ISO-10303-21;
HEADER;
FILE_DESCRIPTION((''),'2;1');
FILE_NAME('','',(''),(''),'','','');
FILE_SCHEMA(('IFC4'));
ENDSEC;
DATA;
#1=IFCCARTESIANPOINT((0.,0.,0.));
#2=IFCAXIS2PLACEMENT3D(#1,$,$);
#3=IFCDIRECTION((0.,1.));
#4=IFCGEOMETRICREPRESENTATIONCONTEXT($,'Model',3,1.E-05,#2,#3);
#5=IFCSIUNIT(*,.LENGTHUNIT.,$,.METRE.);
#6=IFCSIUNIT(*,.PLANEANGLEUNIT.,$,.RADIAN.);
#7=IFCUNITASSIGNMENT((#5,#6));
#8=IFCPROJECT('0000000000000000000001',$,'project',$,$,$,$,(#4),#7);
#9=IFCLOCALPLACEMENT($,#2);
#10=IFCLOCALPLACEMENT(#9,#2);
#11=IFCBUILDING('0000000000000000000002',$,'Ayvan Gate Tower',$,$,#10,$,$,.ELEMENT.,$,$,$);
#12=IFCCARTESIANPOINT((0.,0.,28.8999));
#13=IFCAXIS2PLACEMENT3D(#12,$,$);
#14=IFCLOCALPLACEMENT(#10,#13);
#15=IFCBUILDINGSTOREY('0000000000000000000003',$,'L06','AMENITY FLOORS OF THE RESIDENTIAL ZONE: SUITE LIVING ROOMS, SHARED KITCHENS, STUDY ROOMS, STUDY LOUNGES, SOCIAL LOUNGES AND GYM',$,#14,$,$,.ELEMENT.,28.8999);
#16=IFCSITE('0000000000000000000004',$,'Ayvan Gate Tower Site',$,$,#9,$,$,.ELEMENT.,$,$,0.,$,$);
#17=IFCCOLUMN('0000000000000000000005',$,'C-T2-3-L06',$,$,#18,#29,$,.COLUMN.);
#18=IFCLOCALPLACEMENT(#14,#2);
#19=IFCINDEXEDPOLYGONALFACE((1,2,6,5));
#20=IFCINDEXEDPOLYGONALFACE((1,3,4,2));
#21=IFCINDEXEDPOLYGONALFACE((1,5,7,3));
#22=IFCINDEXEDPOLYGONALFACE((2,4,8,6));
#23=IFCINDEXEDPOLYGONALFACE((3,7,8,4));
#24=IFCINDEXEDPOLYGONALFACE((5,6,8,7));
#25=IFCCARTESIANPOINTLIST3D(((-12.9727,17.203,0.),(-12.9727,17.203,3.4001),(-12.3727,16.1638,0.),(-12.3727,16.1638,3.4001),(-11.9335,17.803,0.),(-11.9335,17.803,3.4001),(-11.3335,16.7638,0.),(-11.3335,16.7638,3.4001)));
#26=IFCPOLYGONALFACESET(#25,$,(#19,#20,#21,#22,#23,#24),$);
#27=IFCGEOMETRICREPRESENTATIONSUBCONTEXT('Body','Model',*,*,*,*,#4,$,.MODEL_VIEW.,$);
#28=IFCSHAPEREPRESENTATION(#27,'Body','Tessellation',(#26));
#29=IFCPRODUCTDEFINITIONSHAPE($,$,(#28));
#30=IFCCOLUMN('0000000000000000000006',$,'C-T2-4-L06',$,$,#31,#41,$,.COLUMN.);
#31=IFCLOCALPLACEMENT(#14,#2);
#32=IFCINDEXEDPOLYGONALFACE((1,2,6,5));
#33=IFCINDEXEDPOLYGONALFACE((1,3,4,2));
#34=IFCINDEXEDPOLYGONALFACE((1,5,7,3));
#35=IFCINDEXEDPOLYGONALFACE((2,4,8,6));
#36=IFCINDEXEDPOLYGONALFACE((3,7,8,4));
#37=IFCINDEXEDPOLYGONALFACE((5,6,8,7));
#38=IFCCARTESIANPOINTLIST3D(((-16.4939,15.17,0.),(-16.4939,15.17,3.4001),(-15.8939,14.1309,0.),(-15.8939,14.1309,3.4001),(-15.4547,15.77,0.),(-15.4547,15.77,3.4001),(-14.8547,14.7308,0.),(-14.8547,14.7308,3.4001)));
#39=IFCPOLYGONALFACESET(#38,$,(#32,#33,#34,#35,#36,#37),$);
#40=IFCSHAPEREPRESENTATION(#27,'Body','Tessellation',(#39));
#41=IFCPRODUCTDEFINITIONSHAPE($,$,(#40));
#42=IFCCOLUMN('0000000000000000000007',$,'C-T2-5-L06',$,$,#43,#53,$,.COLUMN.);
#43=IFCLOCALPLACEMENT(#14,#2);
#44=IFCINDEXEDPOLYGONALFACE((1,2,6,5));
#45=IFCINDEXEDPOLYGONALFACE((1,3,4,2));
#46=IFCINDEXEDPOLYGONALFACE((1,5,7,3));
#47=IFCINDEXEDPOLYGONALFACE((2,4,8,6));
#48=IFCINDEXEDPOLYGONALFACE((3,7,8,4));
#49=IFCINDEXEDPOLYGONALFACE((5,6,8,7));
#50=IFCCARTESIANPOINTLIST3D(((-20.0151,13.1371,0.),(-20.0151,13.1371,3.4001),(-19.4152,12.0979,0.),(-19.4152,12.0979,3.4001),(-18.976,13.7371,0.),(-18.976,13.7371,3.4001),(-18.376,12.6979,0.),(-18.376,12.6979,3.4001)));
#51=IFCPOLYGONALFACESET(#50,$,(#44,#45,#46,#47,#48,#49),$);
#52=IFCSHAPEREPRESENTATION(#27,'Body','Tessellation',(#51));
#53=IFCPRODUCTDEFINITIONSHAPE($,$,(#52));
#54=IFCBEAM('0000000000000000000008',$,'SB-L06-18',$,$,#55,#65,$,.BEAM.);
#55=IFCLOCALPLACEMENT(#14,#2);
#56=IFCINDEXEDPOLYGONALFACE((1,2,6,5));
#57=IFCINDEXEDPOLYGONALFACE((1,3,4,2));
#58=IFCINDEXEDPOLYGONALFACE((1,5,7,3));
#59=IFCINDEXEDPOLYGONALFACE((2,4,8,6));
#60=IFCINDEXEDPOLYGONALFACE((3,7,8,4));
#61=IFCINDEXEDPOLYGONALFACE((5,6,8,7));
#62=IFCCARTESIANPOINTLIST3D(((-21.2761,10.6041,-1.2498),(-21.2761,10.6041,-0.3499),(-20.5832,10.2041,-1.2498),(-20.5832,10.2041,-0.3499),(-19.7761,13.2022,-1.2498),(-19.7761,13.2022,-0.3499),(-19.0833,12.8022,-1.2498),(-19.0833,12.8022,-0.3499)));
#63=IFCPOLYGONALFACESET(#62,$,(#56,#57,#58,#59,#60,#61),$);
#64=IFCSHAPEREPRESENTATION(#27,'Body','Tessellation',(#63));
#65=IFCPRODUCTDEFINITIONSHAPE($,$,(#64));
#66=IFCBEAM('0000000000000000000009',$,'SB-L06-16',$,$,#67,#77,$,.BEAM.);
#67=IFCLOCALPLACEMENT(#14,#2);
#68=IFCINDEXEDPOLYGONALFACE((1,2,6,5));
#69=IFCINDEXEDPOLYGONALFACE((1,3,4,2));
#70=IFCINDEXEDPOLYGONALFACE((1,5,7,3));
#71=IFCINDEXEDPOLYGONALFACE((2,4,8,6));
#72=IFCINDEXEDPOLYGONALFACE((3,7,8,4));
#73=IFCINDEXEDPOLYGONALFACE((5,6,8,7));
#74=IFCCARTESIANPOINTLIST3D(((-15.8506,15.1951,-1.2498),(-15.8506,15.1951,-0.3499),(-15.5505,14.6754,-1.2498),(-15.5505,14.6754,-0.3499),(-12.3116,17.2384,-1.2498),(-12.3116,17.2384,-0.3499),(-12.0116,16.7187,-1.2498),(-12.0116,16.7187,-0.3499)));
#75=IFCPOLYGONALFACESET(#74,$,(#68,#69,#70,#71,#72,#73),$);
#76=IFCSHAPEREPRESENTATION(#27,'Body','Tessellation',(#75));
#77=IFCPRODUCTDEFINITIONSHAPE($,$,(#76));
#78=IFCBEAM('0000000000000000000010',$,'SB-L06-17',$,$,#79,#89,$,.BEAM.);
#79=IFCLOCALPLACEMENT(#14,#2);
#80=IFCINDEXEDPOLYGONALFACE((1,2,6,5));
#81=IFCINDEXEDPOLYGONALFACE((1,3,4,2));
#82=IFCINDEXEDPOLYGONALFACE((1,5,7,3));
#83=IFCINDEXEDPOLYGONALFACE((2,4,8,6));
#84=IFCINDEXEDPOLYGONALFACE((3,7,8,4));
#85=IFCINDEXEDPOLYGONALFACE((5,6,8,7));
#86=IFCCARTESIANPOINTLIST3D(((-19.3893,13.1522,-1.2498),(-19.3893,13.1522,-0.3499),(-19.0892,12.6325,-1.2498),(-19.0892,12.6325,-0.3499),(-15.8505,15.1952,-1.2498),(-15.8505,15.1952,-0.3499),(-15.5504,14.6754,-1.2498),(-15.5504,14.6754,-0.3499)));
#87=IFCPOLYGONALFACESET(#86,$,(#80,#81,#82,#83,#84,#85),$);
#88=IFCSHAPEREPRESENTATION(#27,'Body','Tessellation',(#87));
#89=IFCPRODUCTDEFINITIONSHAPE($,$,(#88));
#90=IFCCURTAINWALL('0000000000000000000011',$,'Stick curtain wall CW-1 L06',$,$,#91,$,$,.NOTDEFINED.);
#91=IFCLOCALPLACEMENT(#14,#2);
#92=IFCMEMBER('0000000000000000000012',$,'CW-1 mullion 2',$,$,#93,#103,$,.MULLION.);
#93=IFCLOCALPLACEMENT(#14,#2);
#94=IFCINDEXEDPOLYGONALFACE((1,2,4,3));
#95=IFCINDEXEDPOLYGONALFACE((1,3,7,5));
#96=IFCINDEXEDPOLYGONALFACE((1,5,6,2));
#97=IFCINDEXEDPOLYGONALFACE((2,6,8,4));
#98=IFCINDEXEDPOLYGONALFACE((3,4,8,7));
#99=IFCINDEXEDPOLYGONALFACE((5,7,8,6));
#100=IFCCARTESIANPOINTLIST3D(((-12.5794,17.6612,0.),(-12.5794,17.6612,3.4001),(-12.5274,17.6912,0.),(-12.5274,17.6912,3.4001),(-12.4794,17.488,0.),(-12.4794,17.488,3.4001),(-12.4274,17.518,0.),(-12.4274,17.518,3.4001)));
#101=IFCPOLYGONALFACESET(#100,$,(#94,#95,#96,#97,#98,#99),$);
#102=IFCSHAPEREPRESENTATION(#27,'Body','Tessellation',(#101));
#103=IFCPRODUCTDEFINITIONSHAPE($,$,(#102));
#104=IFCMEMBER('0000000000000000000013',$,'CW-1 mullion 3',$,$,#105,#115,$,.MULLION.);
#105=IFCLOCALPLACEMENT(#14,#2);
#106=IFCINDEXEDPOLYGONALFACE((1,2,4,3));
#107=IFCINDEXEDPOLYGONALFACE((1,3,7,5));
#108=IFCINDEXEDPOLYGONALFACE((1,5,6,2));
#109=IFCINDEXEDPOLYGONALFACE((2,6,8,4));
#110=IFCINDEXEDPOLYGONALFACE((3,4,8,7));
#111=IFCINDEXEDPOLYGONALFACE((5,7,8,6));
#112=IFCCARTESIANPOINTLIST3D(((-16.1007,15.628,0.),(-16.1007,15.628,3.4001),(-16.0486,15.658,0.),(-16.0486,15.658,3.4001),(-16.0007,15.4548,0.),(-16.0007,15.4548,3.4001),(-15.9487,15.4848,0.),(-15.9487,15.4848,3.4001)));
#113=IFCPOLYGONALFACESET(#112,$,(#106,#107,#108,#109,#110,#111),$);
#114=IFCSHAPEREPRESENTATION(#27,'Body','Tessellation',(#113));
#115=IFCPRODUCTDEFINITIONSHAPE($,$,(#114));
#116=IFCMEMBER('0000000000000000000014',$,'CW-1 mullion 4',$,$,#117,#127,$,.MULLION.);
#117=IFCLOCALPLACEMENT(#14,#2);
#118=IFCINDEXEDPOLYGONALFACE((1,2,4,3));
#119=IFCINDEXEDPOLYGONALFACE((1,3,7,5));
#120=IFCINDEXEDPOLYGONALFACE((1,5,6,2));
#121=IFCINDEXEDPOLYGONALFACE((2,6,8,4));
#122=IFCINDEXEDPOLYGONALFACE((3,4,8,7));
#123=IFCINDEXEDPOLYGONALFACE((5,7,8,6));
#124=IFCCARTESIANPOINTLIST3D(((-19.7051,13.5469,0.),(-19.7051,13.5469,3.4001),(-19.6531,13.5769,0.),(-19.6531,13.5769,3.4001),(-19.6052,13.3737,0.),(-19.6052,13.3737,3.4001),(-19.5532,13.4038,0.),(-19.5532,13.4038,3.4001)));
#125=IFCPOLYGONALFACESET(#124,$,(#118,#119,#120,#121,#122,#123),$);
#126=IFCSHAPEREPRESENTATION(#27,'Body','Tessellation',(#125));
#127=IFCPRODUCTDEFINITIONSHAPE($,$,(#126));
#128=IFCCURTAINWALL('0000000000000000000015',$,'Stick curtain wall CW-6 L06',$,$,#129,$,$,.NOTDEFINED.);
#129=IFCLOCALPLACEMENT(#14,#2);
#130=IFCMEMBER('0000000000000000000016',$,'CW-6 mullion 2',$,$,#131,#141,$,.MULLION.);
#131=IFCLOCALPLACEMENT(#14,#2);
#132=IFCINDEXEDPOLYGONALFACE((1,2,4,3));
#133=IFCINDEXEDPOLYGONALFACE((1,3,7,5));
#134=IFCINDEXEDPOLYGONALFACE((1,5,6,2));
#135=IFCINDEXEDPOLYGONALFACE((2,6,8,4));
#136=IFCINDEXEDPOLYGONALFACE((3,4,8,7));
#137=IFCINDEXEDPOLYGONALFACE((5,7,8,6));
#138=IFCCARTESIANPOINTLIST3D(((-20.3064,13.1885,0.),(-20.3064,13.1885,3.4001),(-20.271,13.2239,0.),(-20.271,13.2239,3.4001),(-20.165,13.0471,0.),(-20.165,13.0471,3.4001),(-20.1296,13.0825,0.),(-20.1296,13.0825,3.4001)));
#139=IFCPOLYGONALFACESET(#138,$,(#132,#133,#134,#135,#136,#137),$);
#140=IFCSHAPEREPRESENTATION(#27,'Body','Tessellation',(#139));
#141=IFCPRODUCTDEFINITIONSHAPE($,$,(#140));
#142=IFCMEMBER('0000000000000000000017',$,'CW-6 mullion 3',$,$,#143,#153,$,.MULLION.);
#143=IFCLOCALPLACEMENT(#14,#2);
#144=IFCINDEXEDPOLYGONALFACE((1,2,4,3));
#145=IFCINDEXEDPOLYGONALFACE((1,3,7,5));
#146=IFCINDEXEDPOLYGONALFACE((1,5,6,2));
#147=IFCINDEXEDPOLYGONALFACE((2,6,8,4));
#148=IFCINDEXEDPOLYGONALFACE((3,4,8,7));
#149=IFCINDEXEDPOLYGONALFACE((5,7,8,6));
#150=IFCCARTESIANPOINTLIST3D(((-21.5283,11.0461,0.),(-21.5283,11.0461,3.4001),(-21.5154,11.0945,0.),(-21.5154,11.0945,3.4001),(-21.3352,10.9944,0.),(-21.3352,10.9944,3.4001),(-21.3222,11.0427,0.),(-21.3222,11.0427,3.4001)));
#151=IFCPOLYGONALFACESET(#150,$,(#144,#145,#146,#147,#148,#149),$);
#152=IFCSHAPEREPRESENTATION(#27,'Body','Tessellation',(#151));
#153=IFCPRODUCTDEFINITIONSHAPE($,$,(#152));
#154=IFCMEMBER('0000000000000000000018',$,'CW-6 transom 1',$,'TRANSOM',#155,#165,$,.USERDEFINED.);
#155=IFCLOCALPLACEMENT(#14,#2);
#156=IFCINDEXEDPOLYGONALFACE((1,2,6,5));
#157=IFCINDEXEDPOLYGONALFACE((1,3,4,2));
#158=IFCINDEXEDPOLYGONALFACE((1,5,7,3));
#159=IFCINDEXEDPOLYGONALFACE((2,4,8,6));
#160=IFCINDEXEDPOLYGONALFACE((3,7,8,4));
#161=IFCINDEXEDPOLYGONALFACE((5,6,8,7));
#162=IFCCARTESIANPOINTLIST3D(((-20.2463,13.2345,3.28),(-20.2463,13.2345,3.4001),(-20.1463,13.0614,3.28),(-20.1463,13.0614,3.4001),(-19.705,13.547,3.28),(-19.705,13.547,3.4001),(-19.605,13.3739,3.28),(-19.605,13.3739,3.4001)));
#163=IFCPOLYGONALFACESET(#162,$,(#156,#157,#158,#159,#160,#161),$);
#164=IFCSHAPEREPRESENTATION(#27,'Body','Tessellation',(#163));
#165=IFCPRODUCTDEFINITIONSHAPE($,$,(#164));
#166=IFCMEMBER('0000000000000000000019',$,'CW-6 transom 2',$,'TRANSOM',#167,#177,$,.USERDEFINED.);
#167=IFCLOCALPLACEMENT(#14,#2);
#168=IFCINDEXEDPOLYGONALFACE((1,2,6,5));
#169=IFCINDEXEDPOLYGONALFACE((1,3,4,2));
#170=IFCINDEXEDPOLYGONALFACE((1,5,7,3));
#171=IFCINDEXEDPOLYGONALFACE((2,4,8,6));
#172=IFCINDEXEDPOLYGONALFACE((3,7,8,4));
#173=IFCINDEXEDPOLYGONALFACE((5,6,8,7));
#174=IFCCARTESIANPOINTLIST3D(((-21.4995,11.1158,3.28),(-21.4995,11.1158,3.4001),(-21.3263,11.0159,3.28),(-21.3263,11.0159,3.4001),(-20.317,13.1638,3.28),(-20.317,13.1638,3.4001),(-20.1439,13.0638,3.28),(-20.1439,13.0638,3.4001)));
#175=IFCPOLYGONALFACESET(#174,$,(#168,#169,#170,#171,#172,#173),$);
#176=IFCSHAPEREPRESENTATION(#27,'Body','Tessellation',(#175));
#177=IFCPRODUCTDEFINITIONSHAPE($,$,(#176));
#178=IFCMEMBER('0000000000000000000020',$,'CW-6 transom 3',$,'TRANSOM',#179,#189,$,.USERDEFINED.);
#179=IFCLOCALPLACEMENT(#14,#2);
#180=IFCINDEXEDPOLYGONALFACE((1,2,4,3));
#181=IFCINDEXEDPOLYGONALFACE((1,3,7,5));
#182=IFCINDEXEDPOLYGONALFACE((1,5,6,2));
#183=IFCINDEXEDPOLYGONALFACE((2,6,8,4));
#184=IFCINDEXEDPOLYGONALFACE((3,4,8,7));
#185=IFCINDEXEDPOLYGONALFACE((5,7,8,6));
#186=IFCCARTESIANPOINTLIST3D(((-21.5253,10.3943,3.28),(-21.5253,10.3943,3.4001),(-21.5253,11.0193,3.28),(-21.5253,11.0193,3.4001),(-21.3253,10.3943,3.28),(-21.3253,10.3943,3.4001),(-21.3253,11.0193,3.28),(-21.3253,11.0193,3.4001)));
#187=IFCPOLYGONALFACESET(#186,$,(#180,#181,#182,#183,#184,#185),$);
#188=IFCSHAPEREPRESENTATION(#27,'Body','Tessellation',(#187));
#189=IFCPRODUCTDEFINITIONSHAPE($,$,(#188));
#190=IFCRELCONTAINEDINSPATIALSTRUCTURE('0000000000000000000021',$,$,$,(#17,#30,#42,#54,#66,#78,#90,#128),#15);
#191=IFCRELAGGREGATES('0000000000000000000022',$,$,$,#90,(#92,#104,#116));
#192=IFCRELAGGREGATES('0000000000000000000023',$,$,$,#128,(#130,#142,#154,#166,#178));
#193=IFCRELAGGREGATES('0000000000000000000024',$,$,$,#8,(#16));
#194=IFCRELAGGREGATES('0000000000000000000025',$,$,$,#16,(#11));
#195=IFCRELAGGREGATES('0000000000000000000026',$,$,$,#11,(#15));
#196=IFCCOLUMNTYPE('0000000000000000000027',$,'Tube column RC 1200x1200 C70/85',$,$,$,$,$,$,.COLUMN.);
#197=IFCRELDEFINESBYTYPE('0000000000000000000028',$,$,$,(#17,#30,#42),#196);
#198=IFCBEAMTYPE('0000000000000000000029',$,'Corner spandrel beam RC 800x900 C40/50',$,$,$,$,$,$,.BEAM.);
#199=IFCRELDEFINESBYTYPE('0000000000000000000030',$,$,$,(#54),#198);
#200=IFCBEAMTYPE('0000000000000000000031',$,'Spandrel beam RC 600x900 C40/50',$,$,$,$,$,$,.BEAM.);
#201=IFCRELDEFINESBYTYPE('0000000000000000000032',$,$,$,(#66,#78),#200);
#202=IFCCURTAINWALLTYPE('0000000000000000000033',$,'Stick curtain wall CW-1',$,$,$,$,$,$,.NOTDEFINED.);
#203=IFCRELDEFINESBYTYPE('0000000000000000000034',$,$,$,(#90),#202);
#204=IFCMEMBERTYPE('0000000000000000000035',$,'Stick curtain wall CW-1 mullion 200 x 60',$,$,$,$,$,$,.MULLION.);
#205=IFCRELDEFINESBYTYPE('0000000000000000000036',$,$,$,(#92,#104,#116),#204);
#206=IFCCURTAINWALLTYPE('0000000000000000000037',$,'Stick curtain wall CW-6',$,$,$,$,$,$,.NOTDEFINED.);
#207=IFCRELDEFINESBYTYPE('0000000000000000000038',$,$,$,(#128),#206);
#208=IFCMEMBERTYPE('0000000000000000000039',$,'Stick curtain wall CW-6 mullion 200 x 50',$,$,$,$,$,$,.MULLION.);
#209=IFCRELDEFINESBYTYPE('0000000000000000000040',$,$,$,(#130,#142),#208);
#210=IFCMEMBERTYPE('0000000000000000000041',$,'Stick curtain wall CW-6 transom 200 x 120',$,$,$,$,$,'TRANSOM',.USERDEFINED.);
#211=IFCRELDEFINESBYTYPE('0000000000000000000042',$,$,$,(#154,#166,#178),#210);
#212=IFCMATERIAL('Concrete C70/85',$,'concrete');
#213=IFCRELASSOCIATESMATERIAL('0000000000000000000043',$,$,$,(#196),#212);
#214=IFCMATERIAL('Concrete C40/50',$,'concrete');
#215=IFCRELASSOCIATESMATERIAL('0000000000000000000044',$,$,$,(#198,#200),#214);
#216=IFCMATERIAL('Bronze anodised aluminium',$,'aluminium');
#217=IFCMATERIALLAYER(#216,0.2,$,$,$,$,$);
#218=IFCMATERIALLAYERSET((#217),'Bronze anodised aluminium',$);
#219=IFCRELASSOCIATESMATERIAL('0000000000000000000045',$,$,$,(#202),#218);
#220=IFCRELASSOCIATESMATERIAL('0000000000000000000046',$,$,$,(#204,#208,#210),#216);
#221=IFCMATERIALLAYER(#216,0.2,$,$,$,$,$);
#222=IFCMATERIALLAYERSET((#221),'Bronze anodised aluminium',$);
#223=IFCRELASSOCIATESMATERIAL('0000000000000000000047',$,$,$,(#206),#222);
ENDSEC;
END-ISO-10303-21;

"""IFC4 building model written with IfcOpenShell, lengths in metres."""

from ifc_helpers import new_model, si_unit, direction, frame, origin, origin_2d, place, context, subcontext, project, spatial, rectangle, extrude, material, layer, layer_set, material_profile, profile_set, type_object, element, aggregate, save


model = new_model("IFC4")

# Units and contexts
model_context = context("Model", 3, precision=1e-05, world=origin(), true_north=direction((0.0, 1.0)))
body_context = subcontext(model_context, "Body", "Model", "MODEL_VIEW")
ifc_project = project(units=[si_unit("LENGTHUNIT", "METRE"), si_unit("PLANEANGLEUNIT", "RADIAN")], contexts=[model_context])

# Site, building, storey
site_placement = place(None, origin())
site = spatial("IfcSite", under=ifc_project, at=site_placement, Name="Ayvan Gate Tower Site", CompositionType="ELEMENT", RefElevation=0.0)
building_placement = place(site_placement, origin())
building = spatial("IfcBuilding", under=site, at=building_placement, Name="Ayvan Gate Tower", CompositionType="ELEMENT")
storey_placement = place(building_placement, frame((0.0, 0.0, 28.8999)))
storey = spatial("IfcBuildingStorey", under=building, at=storey_placement, Name="L06", Description="AMENITY FLOORS OF THE RESIDENTIAL ZONE: SUITE LIVING ROOMS, SHARED KITCHENS, STUDY ROOMS, STUDY LOUNGES, SOCIAL LOUNGES AND GYM", CompositionType="ELEMENT", Elevation=28.8999)

# Columns
ifc_material_1 = material(Name="Concrete C70/85", Category="concrete")
ifc_material_profile_1 = material_profile(ifc_material_1, rectangle(XDim=1.2, YDim=1.2, at=origin_2d()), Name="RC 1200x1200")
ifc_profile_set_1 = profile_set([ifc_material_profile_1], Name="Concrete C70/85")
column_type = type_object("IfcColumnType", Name="Tube column RC 1200x1200 C70/85", PredefinedType="COLUMN", material=ifc_profile_set_1)
for number, where, z_axis, x_axis, name in (
    (1, (-12.1531, 16.9834, 0.0), (0.0, 0.0, 1.0), (-0.5, 0.866025, 0.0), "C-T2-3-L06"),
    (2, (-15.6743, 14.9504, 0.0), (0.0, 0.0, 1.0), (-0.5, 0.866025, 0.0), "C-T2-4-L06"),
    (3, (-19.1956, 12.9175, 0.0), (0.0, 0.0, 1.0), (-0.5, 0.866025, 0.0), "C-T2-5-L06"),
):
    element("IfcColumn", number, at=place(storey_placement, frame(where, z_axis=z_axis, x_axis=x_axis)), inside=storey, type_object=column_type, Name=name, PredefinedType="COLUMN", context=body_context, shape_type="SweptSolid", body=[
        extrude(rectangle(XDim=1.2, YDim=1.2, at=origin_2d()), origin(), (0.0, 0.0, 1.0), 3.4001),
    ])

# Beams
ifc_material_2 = material(Name="Concrete C40/50", Category="concrete")
ifc_material_profile_2 = material_profile(ifc_material_2, rectangle(XDim=0.8, YDim=0.8999, at=origin_2d()), Name="RC 800x900")
ifc_profile_set_2 = profile_set([ifc_material_profile_2], Name="Concrete C40/50")
beam_type_1 = type_object("IfcBeamType", Name="Corner spandrel beam RC 800x900 C40/50", PredefinedType="BEAM", material=ifc_profile_set_2)
beam_1_placement = place(storey_placement, frame((-19.4297, 13.0022, -0.7998), z_axis=(-0.49999, -0.866031, 0.0), x_axis=(0.866031, -0.49999, 0.0)))
element("IfcBeam", 4, at=beam_1_placement, inside=storey, type_object=beam_type_1, Name="SB-L06-18", PredefinedType="BEAM", context=body_context, shape_type="SweptSolid", body=[
    extrude(rectangle(XDim=0.8, YDim=0.8999, at=origin_2d()), origin(), (0.0, 0.0, 1.0), 3.0),
])
ifc_material_profile_3 = material_profile(ifc_material_2, rectangle(XDim=0.6001, YDim=0.8999, at=origin_2d()), Name="RC 600x900")
ifc_profile_set_3 = profile_set([ifc_material_profile_3], Name="Concrete C40/50")
beam_type_2 = type_object("IfcBeamType", Name="Spandrel beam RC 600x900 C40/50", PredefinedType="BEAM", material=ifc_profile_set_3)
beam_2_placement = place(storey_placement, frame((-12.1616, 16.9785, -0.7998), z_axis=(-0.866017, -0.500014, 0.0), x_axis=(0.500014, -0.866017, 0.0)))
element("IfcBeam", 5, at=beam_2_placement, inside=storey, type_object=beam_type_2, Name="SB-L06-16", PredefinedType="BEAM", context=body_context, shape_type="SweptSolid", body=[
    extrude(rectangle(XDim=0.6001, YDim=0.8999, at=origin_2d()), origin(), (0.0, 0.0, 1.0), 4.0864),
])
beam_3_placement = place(storey_placement, frame((-15.7004, 14.9353, -0.7998), z_axis=(-0.866043, -0.499969, 0.0), x_axis=(0.499969, -0.866043, 0.0)))
element("IfcBeam", 6, at=beam_3_placement, inside=storey, type_object=beam_type_2, Name="SB-L06-17", PredefinedType="BEAM", context=body_context, shape_type="SweptSolid", body=[
    extrude(rectangle(XDim=0.6001, YDim=0.8999, at=origin_2d()), origin(), (0.0, 0.0, 1.0), 4.0862),
])

# Curtain walls, members
ifc_material_3 = material(Name="Bronze anodised aluminium", Category="aluminium")
ifc_layer_1 = layer(ifc_material_3, 0.2)
ifc_layer_set_1 = layer_set([ifc_layer_1], Name="Bronze anodised aluminium")
curtain_wall_type_1 = type_object("IfcCurtainWallType", Name="Stick curtain wall CW-1", PredefinedType="NOTDEFINED", material=ifc_layer_set_1)
curtain_wall_1_placement = place(storey_placement, origin())
curtain_wall_1 = element("IfcCurtainWall", 7, at=curtain_wall_1_placement, inside=storey, type_object=curtain_wall_type_1, Name="Stick curtain wall CW-1 L06", PredefinedType="NOTDEFINED")
ifc_material_profile_4 = material_profile(ifc_material_3, rectangle(XDim=0.2, YDim=0.0601, at=origin_2d()), Name="Stick curtain wall CW-1 mullion 200 x 60")
ifc_profile_set_4 = profile_set([ifc_material_profile_4], Name="Bronze anodised aluminium")
member_type_1 = type_object("IfcMemberType", Name="Stick curtain wall CW-1 mullion 200 x 60", PredefinedType="MULLION", material=ifc_profile_set_4)
member_1_placement = place(storey_placement, frame((-12.5034, 17.5896, 0.0), z_axis=(0.0, 0.0, 1.0), x_axis=(-0.5, 0.866025, 0.0)))
member_1 = element("IfcMember", 8, at=member_1_placement, type_object=member_type_1, Name="CW-1 mullion 2", PredefinedType="MULLION", context=body_context, shape_type="SweptSolid", body=[
    extrude(rectangle(XDim=0.2, YDim=0.0601, at=origin_2d()), origin(), (0.0, 0.0, 1.0), 3.4001),
])
member_2_placement = place(storey_placement, frame((-16.0247, 15.5564, 0.0), z_axis=(0.0, 0.0, 1.0), x_axis=(-0.5, 0.866025, 0.0)))
member_2 = element("IfcMember", 9, at=member_2_placement, type_object=member_type_1, Name="CW-1 mullion 3", PredefinedType="MULLION", context=body_context, shape_type="SweptSolid", body=[
    extrude(rectangle(XDim=0.2, YDim=0.0601, at=origin_2d()), origin(), (0.0, 0.0, 1.0), 3.4001),
])
member_3_placement = place(storey_placement, frame((-19.6292, 13.4753, 0.0), z_axis=(0.0, 0.0, 1.0), x_axis=(-0.5, 0.866025, 0.0)))
member_3 = element("IfcMember", 10, at=member_3_placement, type_object=member_type_1, Name="CW-1 mullion 4", PredefinedType="MULLION", context=body_context, shape_type="SweptSolid", body=[
    extrude(rectangle(XDim=0.2, YDim=0.0601, at=origin_2d()), origin(), (0.0, 0.0, 1.0), 3.4001),
])
ifc_layer_2 = layer(ifc_material_3, 0.2)
ifc_layer_set_2 = layer_set([ifc_layer_2], Name="Bronze anodised aluminium")
curtain_wall_type_2 = type_object("IfcCurtainWallType", Name="Stick curtain wall CW-6", PredefinedType="NOTDEFINED", material=ifc_layer_set_2)
curtain_wall_2_placement = place(storey_placement, origin())
curtain_wall_2 = element("IfcCurtainWall", 11, at=curtain_wall_2_placement, inside=storey, type_object=curtain_wall_type_2, Name="Stick curtain wall CW-6 L06", PredefinedType="NOTDEFINED")
ifc_material_profile_5 = material_profile(ifc_material_3, rectangle(XDim=0.2, YDim=0.05, at=origin_2d()), Name="Stick curtain wall CW-6 mullion 200 x 50")
ifc_profile_set_5 = profile_set([ifc_material_profile_5], Name="Bronze anodised aluminium")
member_type_2 = type_object("IfcMemberType", Name="Stick curtain wall CW-6 mullion 200 x 50", PredefinedType="MULLION", material=ifc_profile_set_5)
member_4_placement = place(storey_placement, frame((-20.218, 13.1355, 0.0), z_axis=(0.0, 0.0, 1.0), x_axis=(-0.707107, 0.707107, 0.0)))
member_4 = element("IfcMember", 12, at=member_4_placement, type_object=member_type_2, Name="CW-6 mullion 2", PredefinedType="MULLION", context=body_context, shape_type="SweptSolid", body=[
    extrude(rectangle(XDim=0.2, YDim=0.05, at=origin_2d()), origin(), (0.0, 0.0, 1.0), 3.4001),
])
member_5_placement = place(storey_placement, frame((-21.4253, 11.0444, 0.0), z_axis=(0.0, 0.0, 1.0), x_axis=(-0.965926, 0.258819, 0.0)))
member_5 = element("IfcMember", 13, at=member_5_placement, type_object=member_type_2, Name="CW-6 mullion 3", PredefinedType="MULLION", context=body_context, shape_type="SweptSolid", body=[
    extrude(rectangle(XDim=0.2, YDim=0.05, at=origin_2d()), origin(), (0.0, 0.0, 1.0), 3.4001),
])
ifc_material_profile_6 = material_profile(ifc_material_3, rectangle(XDim=0.2, YDim=0.1201, at=origin_2d()), Name="Stick curtain wall CW-6 transom 200 x 120")
ifc_profile_set_6 = profile_set([ifc_material_profile_6], Name="Bronze anodised aluminium")
member_type_3 = type_object("IfcMemberType", Name="Stick curtain wall CW-6 transom 200 x 120", ElementType="TRANSOM", PredefinedType="USERDEFINED", material=ifc_profile_set_6)
member_6_placement = place(storey_placement, frame((-19.655, 13.4604, 3.3401), z_axis=(-0.866023, -0.500004, 0.0), x_axis=(0.500004, -0.866023, 0.0)))
member_6 = element("IfcMember", 14, at=member_6_placement, type_object=member_type_3, Name="CW-6 transom 1", ObjectType="TRANSOM", PredefinedType="USERDEFINED", context=body_context, shape_type="SweptSolid", body=[
    extrude(rectangle(XDim=0.2, YDim=0.1201, at=origin_2d()), origin(), (0.0, 0.0, 1.0), 0.625),
])
member_7_placement = place(storey_placement, frame((-20.2305, 13.1138, 3.3401), z_axis=(-0.500014, -0.866017, 0.0), x_axis=(0.866017, -0.500014, 0.0)))
member_7 = element("IfcMember", 15, at=member_7_placement, type_object=member_type_3, Name="CW-6 transom 2", ObjectType="TRANSOM", PredefinedType="USERDEFINED", context=body_context, shape_type="SweptSolid", body=[
    extrude(rectangle(XDim=0.2, YDim=0.1201, at=origin_2d()), origin(), (0.0, 0.0, 1.0), 2.3647),
])
member_8_placement = place(storey_placement, frame((-21.4253, 11.0193, 3.3401), z_axis=(0.0, -1.0, 0.0), x_axis=(1.0, 0.0, 0.0)))
member_8 = element("IfcMember", 16, at=member_8_placement, type_object=member_type_3, Name="CW-6 transom 3", ObjectType="TRANSOM", PredefinedType="USERDEFINED", context=body_context, shape_type="SweptSolid", body=[
    extrude(rectangle(XDim=0.2, YDim=0.1201, at=origin_2d()), origin(), (0.0, 0.0, 1.0), 0.625),
])

aggregate(curtain_wall_1, [member_1, member_2, member_3])
aggregate(curtain_wall_2, [member_4, member_5, member_6, member_7, member_8])

save(model, "model.ifc")
